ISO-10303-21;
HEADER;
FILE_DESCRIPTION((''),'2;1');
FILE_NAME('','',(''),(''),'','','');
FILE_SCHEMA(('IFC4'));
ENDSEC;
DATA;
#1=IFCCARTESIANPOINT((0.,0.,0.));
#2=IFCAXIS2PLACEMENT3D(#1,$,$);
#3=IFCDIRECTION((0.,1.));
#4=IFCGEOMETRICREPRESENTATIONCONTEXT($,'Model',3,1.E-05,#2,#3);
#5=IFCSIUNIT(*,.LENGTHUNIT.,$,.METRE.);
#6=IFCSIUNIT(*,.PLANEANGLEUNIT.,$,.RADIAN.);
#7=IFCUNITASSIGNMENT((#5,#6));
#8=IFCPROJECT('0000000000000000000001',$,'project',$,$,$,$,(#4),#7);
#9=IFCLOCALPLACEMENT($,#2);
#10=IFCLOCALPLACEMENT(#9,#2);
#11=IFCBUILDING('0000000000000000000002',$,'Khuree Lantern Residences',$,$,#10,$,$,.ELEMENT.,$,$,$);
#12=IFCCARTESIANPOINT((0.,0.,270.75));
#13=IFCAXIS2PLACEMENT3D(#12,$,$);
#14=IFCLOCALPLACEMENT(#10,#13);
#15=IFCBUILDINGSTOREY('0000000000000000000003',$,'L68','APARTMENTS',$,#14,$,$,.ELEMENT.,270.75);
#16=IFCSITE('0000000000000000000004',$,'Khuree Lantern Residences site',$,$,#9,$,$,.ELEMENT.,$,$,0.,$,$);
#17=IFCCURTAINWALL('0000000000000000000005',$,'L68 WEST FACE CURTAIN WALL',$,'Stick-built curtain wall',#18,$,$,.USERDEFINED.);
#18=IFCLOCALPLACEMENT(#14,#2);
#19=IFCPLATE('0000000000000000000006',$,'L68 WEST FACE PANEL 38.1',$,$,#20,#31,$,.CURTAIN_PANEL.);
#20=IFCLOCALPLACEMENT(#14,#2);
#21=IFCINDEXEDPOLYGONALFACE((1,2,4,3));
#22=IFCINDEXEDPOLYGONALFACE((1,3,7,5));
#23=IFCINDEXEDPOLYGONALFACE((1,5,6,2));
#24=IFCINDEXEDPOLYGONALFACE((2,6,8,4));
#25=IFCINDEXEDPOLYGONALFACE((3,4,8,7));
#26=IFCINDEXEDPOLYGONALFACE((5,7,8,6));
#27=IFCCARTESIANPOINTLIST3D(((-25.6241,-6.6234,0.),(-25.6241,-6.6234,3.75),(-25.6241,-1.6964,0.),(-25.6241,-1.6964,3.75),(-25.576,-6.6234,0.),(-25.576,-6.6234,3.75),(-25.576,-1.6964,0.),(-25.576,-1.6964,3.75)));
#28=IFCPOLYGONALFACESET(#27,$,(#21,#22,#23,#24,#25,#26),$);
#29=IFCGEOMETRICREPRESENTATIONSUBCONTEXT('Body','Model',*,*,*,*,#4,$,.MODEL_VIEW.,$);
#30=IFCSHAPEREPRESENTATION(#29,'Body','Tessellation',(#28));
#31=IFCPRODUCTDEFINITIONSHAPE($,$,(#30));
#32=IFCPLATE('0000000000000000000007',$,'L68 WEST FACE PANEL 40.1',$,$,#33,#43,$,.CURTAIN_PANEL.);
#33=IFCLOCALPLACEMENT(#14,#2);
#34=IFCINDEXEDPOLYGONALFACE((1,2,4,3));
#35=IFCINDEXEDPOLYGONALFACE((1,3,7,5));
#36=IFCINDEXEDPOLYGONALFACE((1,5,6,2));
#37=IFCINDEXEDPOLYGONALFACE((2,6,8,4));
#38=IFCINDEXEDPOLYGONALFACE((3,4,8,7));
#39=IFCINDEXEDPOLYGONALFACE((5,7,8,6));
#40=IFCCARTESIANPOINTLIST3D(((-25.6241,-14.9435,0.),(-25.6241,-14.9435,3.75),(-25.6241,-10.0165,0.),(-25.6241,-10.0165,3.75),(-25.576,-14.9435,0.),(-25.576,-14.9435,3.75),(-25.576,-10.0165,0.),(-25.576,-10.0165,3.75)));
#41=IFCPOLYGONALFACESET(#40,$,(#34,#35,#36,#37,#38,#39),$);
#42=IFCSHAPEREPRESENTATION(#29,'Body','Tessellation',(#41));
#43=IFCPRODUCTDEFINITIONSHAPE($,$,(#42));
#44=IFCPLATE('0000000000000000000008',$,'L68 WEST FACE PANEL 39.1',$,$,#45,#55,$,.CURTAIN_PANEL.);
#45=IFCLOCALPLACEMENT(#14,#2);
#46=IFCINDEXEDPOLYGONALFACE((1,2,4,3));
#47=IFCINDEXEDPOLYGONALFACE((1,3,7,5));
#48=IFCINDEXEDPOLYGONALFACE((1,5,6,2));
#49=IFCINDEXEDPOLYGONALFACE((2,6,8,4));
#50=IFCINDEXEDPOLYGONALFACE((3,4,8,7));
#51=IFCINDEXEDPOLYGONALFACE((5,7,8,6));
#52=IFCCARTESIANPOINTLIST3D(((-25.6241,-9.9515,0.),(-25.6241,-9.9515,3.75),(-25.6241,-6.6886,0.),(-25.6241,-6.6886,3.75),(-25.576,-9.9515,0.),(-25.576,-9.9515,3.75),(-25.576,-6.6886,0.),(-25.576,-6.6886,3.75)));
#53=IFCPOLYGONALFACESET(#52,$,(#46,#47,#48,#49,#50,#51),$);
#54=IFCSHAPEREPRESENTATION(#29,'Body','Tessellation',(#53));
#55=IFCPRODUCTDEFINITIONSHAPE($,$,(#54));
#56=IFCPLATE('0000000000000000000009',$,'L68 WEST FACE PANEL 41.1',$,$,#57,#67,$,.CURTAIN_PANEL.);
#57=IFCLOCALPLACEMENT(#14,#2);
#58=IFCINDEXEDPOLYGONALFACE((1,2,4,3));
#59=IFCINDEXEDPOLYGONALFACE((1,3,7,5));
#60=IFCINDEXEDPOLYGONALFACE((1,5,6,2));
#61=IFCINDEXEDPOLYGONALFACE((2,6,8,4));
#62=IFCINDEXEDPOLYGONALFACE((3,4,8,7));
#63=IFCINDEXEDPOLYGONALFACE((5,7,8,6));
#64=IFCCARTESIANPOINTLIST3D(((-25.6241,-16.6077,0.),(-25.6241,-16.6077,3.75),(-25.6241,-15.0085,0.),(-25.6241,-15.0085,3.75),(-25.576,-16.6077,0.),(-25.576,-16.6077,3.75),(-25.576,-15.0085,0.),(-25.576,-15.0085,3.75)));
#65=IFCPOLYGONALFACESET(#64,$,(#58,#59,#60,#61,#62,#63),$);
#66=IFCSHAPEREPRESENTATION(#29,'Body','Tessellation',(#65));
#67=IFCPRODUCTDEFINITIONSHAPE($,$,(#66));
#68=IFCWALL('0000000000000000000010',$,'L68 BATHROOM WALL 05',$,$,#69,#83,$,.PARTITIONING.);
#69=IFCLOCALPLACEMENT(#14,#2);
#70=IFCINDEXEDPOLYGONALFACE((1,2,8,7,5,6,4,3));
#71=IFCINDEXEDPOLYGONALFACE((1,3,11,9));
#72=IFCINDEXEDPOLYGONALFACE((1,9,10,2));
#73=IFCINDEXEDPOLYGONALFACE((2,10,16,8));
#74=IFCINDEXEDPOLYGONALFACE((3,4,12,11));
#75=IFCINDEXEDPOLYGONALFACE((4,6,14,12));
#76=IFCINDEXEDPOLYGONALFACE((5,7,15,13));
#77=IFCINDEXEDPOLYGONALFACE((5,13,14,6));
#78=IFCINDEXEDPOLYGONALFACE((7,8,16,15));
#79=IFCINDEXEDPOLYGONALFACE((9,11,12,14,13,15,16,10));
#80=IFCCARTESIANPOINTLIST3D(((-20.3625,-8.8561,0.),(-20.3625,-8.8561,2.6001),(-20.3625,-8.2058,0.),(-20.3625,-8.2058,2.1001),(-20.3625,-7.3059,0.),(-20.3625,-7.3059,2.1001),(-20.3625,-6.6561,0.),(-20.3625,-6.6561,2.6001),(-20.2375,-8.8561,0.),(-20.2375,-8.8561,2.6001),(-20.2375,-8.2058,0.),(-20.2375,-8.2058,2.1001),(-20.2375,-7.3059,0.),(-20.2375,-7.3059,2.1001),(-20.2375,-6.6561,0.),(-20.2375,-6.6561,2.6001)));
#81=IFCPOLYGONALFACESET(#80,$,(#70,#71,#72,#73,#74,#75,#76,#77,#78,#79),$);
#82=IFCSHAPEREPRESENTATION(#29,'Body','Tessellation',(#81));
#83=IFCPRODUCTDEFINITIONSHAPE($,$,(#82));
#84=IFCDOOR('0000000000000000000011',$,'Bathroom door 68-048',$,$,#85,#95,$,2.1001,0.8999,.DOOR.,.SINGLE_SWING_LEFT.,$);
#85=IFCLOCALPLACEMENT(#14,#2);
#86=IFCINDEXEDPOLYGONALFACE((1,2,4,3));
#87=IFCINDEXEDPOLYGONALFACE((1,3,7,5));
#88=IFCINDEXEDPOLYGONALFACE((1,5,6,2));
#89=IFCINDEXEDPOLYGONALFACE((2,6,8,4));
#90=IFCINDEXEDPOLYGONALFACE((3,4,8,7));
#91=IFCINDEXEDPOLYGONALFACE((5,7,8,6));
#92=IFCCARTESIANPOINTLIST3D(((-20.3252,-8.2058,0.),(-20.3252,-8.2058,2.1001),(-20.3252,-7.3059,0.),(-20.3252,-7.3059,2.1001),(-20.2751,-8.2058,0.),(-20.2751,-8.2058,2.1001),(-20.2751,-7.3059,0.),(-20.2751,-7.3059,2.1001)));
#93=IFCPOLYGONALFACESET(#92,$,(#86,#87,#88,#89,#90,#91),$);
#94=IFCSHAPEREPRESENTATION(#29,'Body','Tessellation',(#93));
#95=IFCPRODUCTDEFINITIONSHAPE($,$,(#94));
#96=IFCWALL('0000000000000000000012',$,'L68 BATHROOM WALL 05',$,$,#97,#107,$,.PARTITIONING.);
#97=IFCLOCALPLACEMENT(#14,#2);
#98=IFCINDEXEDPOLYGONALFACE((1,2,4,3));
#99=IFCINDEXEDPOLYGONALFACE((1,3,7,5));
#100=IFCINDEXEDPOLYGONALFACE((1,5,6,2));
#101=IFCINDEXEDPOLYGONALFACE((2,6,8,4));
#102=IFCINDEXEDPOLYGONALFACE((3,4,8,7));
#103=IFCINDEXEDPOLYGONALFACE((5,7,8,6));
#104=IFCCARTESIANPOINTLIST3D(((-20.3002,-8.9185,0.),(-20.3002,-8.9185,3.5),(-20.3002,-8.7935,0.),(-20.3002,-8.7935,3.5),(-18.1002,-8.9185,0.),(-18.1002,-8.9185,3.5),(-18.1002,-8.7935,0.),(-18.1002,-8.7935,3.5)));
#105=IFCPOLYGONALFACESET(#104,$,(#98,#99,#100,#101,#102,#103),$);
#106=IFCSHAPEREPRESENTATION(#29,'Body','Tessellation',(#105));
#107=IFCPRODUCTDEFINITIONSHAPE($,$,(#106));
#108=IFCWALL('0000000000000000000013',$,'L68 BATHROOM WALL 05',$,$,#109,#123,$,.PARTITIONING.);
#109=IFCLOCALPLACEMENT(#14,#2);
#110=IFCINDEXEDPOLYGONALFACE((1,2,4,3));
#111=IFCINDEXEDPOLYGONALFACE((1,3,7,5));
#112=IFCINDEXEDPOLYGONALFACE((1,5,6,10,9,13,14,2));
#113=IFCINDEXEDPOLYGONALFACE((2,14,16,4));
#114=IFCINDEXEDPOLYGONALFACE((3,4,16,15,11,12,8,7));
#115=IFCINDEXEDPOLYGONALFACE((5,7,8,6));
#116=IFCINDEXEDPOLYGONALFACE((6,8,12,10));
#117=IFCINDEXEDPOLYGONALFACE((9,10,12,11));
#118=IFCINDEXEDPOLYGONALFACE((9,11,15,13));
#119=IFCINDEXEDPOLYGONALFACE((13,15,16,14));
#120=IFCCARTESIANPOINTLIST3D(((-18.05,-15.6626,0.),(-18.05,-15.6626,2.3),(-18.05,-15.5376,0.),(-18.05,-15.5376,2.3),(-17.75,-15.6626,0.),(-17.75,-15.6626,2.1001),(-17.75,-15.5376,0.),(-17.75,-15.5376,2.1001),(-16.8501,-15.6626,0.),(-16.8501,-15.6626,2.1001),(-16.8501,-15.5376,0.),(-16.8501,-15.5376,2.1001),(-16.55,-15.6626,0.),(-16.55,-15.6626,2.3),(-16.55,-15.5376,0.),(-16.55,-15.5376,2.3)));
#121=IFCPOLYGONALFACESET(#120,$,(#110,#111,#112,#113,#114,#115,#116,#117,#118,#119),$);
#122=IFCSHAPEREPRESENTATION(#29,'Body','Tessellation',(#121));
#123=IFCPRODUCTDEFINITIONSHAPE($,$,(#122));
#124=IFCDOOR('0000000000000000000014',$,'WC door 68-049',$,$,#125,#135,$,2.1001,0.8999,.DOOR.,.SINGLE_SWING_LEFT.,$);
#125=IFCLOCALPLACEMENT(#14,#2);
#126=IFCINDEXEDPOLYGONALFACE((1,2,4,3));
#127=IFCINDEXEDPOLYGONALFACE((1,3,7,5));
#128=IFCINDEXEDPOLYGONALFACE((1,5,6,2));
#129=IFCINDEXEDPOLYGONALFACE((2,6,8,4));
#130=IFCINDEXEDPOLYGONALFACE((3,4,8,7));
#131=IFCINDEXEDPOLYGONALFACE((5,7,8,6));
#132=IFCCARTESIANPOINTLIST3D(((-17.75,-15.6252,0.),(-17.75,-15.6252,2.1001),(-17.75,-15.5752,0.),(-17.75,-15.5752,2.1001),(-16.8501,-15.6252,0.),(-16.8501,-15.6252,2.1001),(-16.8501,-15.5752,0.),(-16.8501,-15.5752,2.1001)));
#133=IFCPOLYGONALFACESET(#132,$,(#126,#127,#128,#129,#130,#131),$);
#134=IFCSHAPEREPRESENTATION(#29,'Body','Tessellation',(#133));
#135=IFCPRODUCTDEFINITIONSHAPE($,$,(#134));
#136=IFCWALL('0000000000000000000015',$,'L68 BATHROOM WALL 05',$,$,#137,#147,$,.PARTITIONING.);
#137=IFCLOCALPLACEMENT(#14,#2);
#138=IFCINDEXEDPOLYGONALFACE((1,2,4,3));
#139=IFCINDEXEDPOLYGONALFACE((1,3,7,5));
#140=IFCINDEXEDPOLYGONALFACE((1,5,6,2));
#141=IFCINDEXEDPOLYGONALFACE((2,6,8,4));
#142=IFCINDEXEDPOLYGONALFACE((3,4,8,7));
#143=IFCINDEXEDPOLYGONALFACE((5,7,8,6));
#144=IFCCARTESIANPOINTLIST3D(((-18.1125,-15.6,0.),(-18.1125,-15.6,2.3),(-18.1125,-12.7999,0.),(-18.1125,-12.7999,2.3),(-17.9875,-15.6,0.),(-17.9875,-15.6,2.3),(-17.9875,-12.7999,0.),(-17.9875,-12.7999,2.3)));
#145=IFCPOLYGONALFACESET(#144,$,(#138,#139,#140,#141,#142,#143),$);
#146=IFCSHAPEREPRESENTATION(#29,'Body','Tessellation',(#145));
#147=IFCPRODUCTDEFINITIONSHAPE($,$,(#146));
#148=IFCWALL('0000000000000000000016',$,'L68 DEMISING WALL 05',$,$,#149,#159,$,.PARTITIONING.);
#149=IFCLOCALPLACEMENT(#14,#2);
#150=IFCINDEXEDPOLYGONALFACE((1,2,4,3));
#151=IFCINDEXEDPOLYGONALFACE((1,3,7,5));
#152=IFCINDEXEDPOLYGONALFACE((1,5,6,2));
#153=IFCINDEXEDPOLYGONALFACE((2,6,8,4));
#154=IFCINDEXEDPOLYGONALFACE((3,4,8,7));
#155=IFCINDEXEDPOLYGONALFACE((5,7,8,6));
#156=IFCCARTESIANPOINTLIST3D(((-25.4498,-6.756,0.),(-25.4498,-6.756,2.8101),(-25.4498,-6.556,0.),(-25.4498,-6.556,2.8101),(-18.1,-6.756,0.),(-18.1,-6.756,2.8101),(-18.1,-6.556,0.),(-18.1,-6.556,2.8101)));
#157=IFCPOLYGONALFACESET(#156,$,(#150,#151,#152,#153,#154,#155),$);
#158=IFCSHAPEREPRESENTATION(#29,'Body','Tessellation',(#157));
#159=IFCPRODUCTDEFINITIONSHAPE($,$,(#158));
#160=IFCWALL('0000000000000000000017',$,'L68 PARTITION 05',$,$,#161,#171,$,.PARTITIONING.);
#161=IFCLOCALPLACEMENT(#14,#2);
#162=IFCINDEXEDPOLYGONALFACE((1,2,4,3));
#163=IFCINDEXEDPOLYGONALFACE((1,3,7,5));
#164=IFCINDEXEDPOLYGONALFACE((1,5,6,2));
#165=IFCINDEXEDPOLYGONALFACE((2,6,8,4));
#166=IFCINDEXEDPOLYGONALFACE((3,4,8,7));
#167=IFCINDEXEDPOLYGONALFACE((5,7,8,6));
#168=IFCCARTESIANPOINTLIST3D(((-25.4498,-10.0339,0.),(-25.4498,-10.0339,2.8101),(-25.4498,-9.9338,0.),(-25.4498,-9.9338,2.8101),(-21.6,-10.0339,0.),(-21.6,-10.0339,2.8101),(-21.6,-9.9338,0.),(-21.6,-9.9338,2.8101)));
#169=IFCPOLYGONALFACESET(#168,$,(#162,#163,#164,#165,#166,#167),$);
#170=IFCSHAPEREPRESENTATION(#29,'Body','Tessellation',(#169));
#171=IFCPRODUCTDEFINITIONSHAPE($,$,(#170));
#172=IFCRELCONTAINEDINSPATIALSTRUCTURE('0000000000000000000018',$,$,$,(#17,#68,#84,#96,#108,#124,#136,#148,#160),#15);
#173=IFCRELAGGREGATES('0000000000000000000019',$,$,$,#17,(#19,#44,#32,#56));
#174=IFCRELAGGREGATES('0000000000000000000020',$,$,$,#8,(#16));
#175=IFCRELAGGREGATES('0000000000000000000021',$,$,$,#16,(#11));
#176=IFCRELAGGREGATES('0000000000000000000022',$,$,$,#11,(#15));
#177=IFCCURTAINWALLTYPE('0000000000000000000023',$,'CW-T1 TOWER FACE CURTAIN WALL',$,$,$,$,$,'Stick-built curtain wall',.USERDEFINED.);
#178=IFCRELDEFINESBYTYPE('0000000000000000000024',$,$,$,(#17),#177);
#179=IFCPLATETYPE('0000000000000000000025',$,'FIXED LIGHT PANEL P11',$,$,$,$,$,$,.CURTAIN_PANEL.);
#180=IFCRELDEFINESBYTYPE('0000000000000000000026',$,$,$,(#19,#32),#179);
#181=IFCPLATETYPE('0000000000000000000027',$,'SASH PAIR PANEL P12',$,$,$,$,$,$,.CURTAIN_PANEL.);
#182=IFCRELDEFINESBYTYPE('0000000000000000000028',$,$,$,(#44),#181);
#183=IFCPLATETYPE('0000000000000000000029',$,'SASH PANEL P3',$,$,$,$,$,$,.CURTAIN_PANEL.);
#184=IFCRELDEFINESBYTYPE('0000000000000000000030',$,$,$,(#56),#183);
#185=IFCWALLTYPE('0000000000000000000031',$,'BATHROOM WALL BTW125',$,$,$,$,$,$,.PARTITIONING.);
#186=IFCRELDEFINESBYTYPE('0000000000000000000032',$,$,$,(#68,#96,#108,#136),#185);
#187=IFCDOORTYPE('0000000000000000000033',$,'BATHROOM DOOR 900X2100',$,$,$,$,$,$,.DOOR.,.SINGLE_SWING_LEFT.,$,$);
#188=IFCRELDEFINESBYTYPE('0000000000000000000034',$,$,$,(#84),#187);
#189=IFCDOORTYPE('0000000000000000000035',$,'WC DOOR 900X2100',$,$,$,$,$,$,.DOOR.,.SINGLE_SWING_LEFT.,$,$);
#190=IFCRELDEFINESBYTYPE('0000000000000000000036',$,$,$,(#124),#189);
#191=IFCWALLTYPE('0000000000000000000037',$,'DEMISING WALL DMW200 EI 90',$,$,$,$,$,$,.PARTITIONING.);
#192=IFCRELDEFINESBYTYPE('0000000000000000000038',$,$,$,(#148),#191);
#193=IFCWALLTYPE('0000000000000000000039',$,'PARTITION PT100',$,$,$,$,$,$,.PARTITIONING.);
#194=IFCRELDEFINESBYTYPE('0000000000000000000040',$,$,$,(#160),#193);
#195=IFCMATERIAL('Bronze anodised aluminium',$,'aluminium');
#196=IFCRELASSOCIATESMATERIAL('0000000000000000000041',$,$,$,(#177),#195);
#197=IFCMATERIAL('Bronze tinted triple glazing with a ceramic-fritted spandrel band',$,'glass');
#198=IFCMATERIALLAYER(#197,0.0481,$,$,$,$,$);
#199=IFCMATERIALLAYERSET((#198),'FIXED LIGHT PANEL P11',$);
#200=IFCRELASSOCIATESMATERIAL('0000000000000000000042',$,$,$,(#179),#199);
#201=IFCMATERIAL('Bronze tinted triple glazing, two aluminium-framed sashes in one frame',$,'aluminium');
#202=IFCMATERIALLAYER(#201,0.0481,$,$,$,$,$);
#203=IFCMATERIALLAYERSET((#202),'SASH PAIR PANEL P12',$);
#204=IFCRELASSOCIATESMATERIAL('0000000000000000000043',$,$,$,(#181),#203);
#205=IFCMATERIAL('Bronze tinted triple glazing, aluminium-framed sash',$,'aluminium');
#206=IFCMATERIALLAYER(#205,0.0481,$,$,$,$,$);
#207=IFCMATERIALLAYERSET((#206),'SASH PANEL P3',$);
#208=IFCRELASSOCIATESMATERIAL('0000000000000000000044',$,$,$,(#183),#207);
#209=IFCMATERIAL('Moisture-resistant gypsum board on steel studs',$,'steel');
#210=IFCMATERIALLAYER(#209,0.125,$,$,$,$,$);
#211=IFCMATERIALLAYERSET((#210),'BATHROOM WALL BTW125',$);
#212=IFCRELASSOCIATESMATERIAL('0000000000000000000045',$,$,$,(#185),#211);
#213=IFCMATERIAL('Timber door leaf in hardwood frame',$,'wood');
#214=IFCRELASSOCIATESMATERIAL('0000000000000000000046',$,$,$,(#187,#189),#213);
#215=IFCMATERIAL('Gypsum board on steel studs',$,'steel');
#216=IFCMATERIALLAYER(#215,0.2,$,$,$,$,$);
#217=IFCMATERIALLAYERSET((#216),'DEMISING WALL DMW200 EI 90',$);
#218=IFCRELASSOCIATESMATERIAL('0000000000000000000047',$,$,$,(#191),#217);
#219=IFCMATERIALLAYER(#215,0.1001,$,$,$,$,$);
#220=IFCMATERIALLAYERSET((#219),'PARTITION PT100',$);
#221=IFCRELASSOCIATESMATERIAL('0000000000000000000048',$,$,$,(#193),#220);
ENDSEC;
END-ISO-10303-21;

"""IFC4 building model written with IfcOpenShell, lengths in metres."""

from ifc_helpers import new_model, si_unit, direction, frame, frame_2d, origin, origin_2d, place, context, subcontext, project, spatial, rectangle, extrude, material, layer, layer_set, type_object, element, fill, aggregate, save


model = new_model("IFC4")

# Units and contexts
model_context = context("Model", 3, precision=1e-05, world=origin(), true_north=direction((0.0, 1.0)))
body_context = subcontext(model_context, "Body", "Model", "MODEL_VIEW")
ifc_project = project(units=[si_unit("LENGTHUNIT", "METRE"), si_unit("PLANEANGLEUNIT", "RADIAN")], contexts=[model_context])

# Site, building, storey
site_placement = place(None, origin())
site = spatial("IfcSite", under=ifc_project, at=site_placement, Name="Khuree Lantern Residences site", CompositionType="ELEMENT", RefElevation=0.0)
building_placement = place(site_placement, origin())
building = spatial("IfcBuilding", under=site, at=building_placement, Name="Khuree Lantern Residences", CompositionType="ELEMENT")
storey_placement = place(building_placement, frame((0.0, 0.0, 270.75)))
storey = spatial("IfcBuildingStorey", under=building, at=storey_placement, Name="L68", Description="APARTMENTS", CompositionType="ELEMENT", Elevation=270.75)

# Curtain wall
ifc_material_1 = material(Name="Bronze anodised aluminium", Category="aluminium")
curtain_wall_type = type_object("IfcCurtainWallType", Name="CW-T1 TOWER FACE CURTAIN WALL", ElementType="Stick-built curtain wall", PredefinedType="USERDEFINED", material=ifc_material_1)
curtain_wall_placement = place(storey_placement, origin())
curtain_wall = element("IfcCurtainWall", 1, at=curtain_wall_placement, inside=storey, type_object=curtain_wall_type, Name="L68 WEST FACE CURTAIN WALL", ObjectType="Stick-built curtain wall", PredefinedType="USERDEFINED")

# Plates
ifc_material_2 = material(Name="Bronze tinted triple glazing with a ceramic-fritted spandrel band", Category="glass")
ifc_layer_1 = layer(ifc_material_2, 0.0481)
ifc_layer_set_1 = layer_set([ifc_layer_1], Name="FIXED LIGHT PANEL P11")
plate_type_1 = type_object("IfcPlateType", Name="FIXED LIGHT PANEL P11", PredefinedType="CURTAIN_PANEL", material=ifc_layer_set_1)
plate_1_placement = place(storey_placement, frame((-25.6001, -4.1599, 0.0), z_axis=(0.0, 0.0, 1.0), x_axis=(0.0, -1.0, 0.0)))
plate_1 = element("IfcPlate", 2, at=plate_1_placement, type_object=plate_type_1, Name="L68 WEST FACE PANEL 38.1", PredefinedType="CURTAIN_PANEL", context=body_context, shape_type="SweptSolid", body=[
    extrude(rectangle(XDim=4.927, YDim=0.0481, at=origin_2d()), origin(), (0.0, 0.0, 1.0), 3.75),
])
plate_2_placement = place(storey_placement, frame((-25.6001, -12.48, 0.0), z_axis=(0.0, 0.0, 1.0), x_axis=(0.0, -1.0, 0.0)))
plate_2 = element("IfcPlate", 3, at=plate_2_placement, type_object=plate_type_1, Name="L68 WEST FACE PANEL 40.1", PredefinedType="CURTAIN_PANEL", context=body_context, shape_type="SweptSolid", body=[
    extrude(rectangle(XDim=4.927, YDim=0.0481, at=origin_2d()), origin(), (0.0, 0.0, 1.0), 3.75),
])
ifc_material_3 = material(Name="Bronze tinted triple glazing, two aluminium-framed sashes in one frame", Category="aluminium")
ifc_layer_2 = layer(ifc_material_3, 0.0481)
ifc_layer_set_2 = layer_set([ifc_layer_2], Name="SASH PAIR PANEL P12")
plate_type_2 = type_object("IfcPlateType", Name="SASH PAIR PANEL P12", PredefinedType="CURTAIN_PANEL", material=ifc_layer_set_2)
plate_3_placement = place(storey_placement, frame((-25.6001, -8.3201, 0.0), z_axis=(0.0, 0.0, 1.0), x_axis=(0.0, -1.0, 0.0)))
plate_3 = element("IfcPlate", 4, at=plate_3_placement, type_object=plate_type_2, Name="L68 WEST FACE PANEL 39.1", PredefinedType="CURTAIN_PANEL", context=body_context, shape_type="SweptSolid", body=[
    extrude(rectangle(XDim=3.2629, YDim=0.0481, at=origin_2d()), origin(), (0.0, 0.0, 1.0), 3.75),
])
ifc_material_4 = material(Name="Bronze tinted triple glazing, aluminium-framed sash", Category="aluminium")
ifc_layer_3 = layer(ifc_material_4, 0.0481)
ifc_layer_set_3 = layer_set([ifc_layer_3], Name="SASH PANEL P3")
plate_type_3 = type_object("IfcPlateType", Name="SASH PANEL P3", PredefinedType="CURTAIN_PANEL", material=ifc_layer_set_3)
plate_4_placement = place(storey_placement, frame((-25.6001, -15.8081, 0.0), z_axis=(0.0, 0.0, 1.0), x_axis=(0.0, -1.0, 0.0)))
plate_4 = element("IfcPlate", 5, at=plate_4_placement, type_object=plate_type_3, Name="L68 WEST FACE PANEL 41.1", PredefinedType="CURTAIN_PANEL", context=body_context, shape_type="SweptSolid", body=[
    extrude(rectangle(XDim=1.5991, YDim=0.0481, at=origin_2d()), origin(), (0.0, 0.0, 1.0), 3.75),
])
aggregate(curtain_wall, [plate_1, plate_3, plate_2, plate_4])

# Wall, opening, door
ifc_material_5 = material(Name="Moisture-resistant gypsum board on steel studs", Category="steel")
ifc_layer_4 = layer(ifc_material_5, 0.125)
ifc_layer_set_4 = layer_set([ifc_layer_4], Name="BATHROOM WALL BTW125")
wall_type_1 = type_object("IfcWallType", Name="BATHROOM WALL BTW125", PredefinedType="PARTITIONING", material=ifc_layer_set_4)
wall_1_placement = place(storey_placement, frame((-20.3, -6.656, 0.0), z_axis=(0.0, 0.0, 1.0), x_axis=(0.0, -1.0, 0.0)))
wall_1 = element("IfcWall", 6, at=wall_1_placement, inside=storey, type_object=wall_type_1, Name="L68 BATHROOM WALL 05", PredefinedType="PARTITIONING", context=body_context, shape_type="SweptSolid", body=[
    extrude(rectangle(XDim=2.2, YDim=0.125, at=frame_2d((1.1001, 0.0))), origin(), (0.0, 0.0, 1.0), 2.6001),
])
opening_1_placement = place(wall_1_placement, frame((0.6499, 0.0, 0.0)))
opening_1 = element("IfcOpeningElement", 7, at=opening_1_placement, cuts=wall_1, PredefinedType="OPENING", context=body_context, shape_type="SweptSolid", body=[
    extrude(rectangle(XDim=0.8999, YDim=2.1001, at=frame_2d((0.45, 1.05))), frame((0.0, 0.0725, 0.0), z_axis=(0.0, -1.0, 0.0), x_axis=(1.0, 0.0, 0.0)), (0.0, 0.0, 1.0), 0.145),
])
ifc_material_6 = material(Name="Timber door leaf in hardwood frame", Category="wood")
door_type_1 = type_object("IfcDoorType", Name="BATHROOM DOOR 900X2100", OperationType="SINGLE_SWING_LEFT", PredefinedType="DOOR", material=ifc_material_6)
door_1_placement = place(opening_1_placement, origin())
door_1 = element("IfcDoor", 8, at=door_1_placement, inside=storey, type_object=door_type_1, Name="Bathroom door 68-048", OperationType="SINGLE_SWING_LEFT", OverallHeight=2.1001, OverallWidth=0.8999, PredefinedType="DOOR", context=body_context, shape_type="SweptSolid", body=[
    extrude(rectangle(XDim=0.8999, YDim=2.1001, at=frame_2d((0.45, 1.05))), frame((0.0, 0.0249, 0.0), z_axis=(0.0, -1.0, 0.0), x_axis=(1.0, 0.0, 0.0)), (0.0, 0.0, 1.0), 0.05),
])
fill(opening_1, door_1)

# Wall
wall_2_placement = place(storey_placement, frame((-18.1001, -8.856, 0.0), z_axis=(0.0, 0.0, 1.0), x_axis=(-1.0, 0.0, 0.0)))
element("IfcWall", 9, at=wall_2_placement, inside=storey, type_object=wall_type_1, Name="L68 BATHROOM WALL 05", PredefinedType="PARTITIONING", context=body_context, shape_type="SweptSolid", body=[
    extrude(rectangle(XDim=2.2, YDim=0.125, at=frame_2d((1.1001, 0.0))), origin(), (0.0, 0.0, 1.0), 3.5),
])

# Wall, opening, door
wall_3_placement = place(storey_placement, frame((-18.05, -15.6001, 0.0), z_axis=(0.0, 0.0, 1.0), x_axis=(1.0, 0.0, 0.0)))
wall_3 = element("IfcWall", 10, at=wall_3_placement, inside=storey, type_object=wall_type_1, Name="L68 BATHROOM WALL 05", PredefinedType="PARTITIONING", context=body_context, shape_type="SweptSolid", body=[
    extrude(rectangle(XDim=1.5, YDim=0.125, at=frame_2d((0.75, 0.0))), origin(), (0.0, 0.0, 1.0), 2.3),
])
opening_2_placement = place(wall_3_placement, frame((0.3, 0.0, 0.0)))
opening_2 = element("IfcOpeningElement", 11, at=opening_2_placement, cuts=wall_3, PredefinedType="OPENING", context=body_context, shape_type="SweptSolid", body=[
    extrude(rectangle(XDim=0.8999, YDim=2.1001, at=frame_2d((0.45, 1.05))), frame((0.0, 0.0725, 0.0), z_axis=(0.0, -1.0, 0.0), x_axis=(1.0, 0.0, 0.0)), (0.0, 0.0, 1.0), 0.145),
])
door_type_2 = type_object("IfcDoorType", Name="WC DOOR 900X2100", OperationType="SINGLE_SWING_LEFT", PredefinedType="DOOR", material=ifc_material_6)
door_2_placement = place(opening_2_placement, origin())
door_2 = element("IfcDoor", 12, at=door_2_placement, inside=storey, type_object=door_type_2, Name="WC door 68-049", OperationType="SINGLE_SWING_LEFT", OverallHeight=2.1001, OverallWidth=0.8999, PredefinedType="DOOR", context=body_context, shape_type="SweptSolid", body=[
    extrude(rectangle(XDim=0.8999, YDim=2.1001, at=frame_2d((0.45, 1.05))), frame((0.0, 0.0249, 0.0), z_axis=(0.0, -1.0, 0.0), x_axis=(1.0, 0.0, 0.0)), (0.0, 0.0, 1.0), 0.05),
])
fill(opening_2, door_2)

# Walls
wall_4_placement = place(storey_placement, frame((-18.05, -12.8, 0.0), z_axis=(0.0, 0.0, 1.0), x_axis=(0.0, -1.0, 0.0)))
element("IfcWall", 13, at=wall_4_placement, inside=storey, type_object=wall_type_1, Name="L68 BATHROOM WALL 05", PredefinedType="PARTITIONING", context=body_context, shape_type="SweptSolid", body=[
    extrude(rectangle(XDim=2.8, YDim=0.125, at=frame_2d((1.3999, 0.0))), origin(), (0.0, 0.0, 1.0), 2.3),
])
ifc_material_7 = material(Name="Gypsum board on steel studs", Category="steel")
ifc_layer_5 = layer(ifc_material_7, 0.2)
ifc_layer_set_5 = layer_set([ifc_layer_5], Name="DEMISING WALL DMW200 EI 90")
wall_type_2 = type_object("IfcWallType", Name="DEMISING WALL DMW200 EI 90", PredefinedType="PARTITIONING", material=ifc_layer_set_5)
wall_5_placement = place(storey_placement, frame((-18.1001, -6.656, 0.0), z_axis=(0.0, 0.0, 1.0), x_axis=(-1.0, 0.0, 0.0)))
element("IfcWall", 14, at=wall_5_placement, inside=storey, type_object=wall_type_2, Name="L68 DEMISING WALL 05", PredefinedType="PARTITIONING", context=body_context, shape_type="SweptSolid", body=[
    extrude(rectangle(XDim=7.3499, YDim=0.2, at=frame_2d((3.6748, 0.0))), origin(), (0.0, 0.0, 1.0), 2.8101),
])
ifc_layer_6 = layer(ifc_material_7, 0.1001)
ifc_layer_set_6 = layer_set([ifc_layer_6], Name="PARTITION PT100")
wall_type_3 = type_object("IfcWallType", Name="PARTITION PT100", PredefinedType="PARTITIONING", material=ifc_layer_set_6)
for number, where, z_axis, x_axis, name in (
    (15, (-21.6001, -9.9839, 0.0), (0.0, 0.0, 1.0), (-1.0, 0.0, 0.0), "L68 PARTITION 05"),
):
    element("IfcWall", number, at=place(storey_placement, frame(where, z_axis=z_axis, x_axis=x_axis)), inside=storey, type_object=wall_type_3, Name=name, PredefinedType="PARTITIONING", context=body_context, shape_type="SweptSolid", body=[
        extrude(rectangle(XDim=3.8499, YDim=0.1001, at=frame_2d((1.9248, 0.0))), origin(), (0.0, 0.0, 1.0), 2.8101),
    ])

save(model, "model.ifc")
